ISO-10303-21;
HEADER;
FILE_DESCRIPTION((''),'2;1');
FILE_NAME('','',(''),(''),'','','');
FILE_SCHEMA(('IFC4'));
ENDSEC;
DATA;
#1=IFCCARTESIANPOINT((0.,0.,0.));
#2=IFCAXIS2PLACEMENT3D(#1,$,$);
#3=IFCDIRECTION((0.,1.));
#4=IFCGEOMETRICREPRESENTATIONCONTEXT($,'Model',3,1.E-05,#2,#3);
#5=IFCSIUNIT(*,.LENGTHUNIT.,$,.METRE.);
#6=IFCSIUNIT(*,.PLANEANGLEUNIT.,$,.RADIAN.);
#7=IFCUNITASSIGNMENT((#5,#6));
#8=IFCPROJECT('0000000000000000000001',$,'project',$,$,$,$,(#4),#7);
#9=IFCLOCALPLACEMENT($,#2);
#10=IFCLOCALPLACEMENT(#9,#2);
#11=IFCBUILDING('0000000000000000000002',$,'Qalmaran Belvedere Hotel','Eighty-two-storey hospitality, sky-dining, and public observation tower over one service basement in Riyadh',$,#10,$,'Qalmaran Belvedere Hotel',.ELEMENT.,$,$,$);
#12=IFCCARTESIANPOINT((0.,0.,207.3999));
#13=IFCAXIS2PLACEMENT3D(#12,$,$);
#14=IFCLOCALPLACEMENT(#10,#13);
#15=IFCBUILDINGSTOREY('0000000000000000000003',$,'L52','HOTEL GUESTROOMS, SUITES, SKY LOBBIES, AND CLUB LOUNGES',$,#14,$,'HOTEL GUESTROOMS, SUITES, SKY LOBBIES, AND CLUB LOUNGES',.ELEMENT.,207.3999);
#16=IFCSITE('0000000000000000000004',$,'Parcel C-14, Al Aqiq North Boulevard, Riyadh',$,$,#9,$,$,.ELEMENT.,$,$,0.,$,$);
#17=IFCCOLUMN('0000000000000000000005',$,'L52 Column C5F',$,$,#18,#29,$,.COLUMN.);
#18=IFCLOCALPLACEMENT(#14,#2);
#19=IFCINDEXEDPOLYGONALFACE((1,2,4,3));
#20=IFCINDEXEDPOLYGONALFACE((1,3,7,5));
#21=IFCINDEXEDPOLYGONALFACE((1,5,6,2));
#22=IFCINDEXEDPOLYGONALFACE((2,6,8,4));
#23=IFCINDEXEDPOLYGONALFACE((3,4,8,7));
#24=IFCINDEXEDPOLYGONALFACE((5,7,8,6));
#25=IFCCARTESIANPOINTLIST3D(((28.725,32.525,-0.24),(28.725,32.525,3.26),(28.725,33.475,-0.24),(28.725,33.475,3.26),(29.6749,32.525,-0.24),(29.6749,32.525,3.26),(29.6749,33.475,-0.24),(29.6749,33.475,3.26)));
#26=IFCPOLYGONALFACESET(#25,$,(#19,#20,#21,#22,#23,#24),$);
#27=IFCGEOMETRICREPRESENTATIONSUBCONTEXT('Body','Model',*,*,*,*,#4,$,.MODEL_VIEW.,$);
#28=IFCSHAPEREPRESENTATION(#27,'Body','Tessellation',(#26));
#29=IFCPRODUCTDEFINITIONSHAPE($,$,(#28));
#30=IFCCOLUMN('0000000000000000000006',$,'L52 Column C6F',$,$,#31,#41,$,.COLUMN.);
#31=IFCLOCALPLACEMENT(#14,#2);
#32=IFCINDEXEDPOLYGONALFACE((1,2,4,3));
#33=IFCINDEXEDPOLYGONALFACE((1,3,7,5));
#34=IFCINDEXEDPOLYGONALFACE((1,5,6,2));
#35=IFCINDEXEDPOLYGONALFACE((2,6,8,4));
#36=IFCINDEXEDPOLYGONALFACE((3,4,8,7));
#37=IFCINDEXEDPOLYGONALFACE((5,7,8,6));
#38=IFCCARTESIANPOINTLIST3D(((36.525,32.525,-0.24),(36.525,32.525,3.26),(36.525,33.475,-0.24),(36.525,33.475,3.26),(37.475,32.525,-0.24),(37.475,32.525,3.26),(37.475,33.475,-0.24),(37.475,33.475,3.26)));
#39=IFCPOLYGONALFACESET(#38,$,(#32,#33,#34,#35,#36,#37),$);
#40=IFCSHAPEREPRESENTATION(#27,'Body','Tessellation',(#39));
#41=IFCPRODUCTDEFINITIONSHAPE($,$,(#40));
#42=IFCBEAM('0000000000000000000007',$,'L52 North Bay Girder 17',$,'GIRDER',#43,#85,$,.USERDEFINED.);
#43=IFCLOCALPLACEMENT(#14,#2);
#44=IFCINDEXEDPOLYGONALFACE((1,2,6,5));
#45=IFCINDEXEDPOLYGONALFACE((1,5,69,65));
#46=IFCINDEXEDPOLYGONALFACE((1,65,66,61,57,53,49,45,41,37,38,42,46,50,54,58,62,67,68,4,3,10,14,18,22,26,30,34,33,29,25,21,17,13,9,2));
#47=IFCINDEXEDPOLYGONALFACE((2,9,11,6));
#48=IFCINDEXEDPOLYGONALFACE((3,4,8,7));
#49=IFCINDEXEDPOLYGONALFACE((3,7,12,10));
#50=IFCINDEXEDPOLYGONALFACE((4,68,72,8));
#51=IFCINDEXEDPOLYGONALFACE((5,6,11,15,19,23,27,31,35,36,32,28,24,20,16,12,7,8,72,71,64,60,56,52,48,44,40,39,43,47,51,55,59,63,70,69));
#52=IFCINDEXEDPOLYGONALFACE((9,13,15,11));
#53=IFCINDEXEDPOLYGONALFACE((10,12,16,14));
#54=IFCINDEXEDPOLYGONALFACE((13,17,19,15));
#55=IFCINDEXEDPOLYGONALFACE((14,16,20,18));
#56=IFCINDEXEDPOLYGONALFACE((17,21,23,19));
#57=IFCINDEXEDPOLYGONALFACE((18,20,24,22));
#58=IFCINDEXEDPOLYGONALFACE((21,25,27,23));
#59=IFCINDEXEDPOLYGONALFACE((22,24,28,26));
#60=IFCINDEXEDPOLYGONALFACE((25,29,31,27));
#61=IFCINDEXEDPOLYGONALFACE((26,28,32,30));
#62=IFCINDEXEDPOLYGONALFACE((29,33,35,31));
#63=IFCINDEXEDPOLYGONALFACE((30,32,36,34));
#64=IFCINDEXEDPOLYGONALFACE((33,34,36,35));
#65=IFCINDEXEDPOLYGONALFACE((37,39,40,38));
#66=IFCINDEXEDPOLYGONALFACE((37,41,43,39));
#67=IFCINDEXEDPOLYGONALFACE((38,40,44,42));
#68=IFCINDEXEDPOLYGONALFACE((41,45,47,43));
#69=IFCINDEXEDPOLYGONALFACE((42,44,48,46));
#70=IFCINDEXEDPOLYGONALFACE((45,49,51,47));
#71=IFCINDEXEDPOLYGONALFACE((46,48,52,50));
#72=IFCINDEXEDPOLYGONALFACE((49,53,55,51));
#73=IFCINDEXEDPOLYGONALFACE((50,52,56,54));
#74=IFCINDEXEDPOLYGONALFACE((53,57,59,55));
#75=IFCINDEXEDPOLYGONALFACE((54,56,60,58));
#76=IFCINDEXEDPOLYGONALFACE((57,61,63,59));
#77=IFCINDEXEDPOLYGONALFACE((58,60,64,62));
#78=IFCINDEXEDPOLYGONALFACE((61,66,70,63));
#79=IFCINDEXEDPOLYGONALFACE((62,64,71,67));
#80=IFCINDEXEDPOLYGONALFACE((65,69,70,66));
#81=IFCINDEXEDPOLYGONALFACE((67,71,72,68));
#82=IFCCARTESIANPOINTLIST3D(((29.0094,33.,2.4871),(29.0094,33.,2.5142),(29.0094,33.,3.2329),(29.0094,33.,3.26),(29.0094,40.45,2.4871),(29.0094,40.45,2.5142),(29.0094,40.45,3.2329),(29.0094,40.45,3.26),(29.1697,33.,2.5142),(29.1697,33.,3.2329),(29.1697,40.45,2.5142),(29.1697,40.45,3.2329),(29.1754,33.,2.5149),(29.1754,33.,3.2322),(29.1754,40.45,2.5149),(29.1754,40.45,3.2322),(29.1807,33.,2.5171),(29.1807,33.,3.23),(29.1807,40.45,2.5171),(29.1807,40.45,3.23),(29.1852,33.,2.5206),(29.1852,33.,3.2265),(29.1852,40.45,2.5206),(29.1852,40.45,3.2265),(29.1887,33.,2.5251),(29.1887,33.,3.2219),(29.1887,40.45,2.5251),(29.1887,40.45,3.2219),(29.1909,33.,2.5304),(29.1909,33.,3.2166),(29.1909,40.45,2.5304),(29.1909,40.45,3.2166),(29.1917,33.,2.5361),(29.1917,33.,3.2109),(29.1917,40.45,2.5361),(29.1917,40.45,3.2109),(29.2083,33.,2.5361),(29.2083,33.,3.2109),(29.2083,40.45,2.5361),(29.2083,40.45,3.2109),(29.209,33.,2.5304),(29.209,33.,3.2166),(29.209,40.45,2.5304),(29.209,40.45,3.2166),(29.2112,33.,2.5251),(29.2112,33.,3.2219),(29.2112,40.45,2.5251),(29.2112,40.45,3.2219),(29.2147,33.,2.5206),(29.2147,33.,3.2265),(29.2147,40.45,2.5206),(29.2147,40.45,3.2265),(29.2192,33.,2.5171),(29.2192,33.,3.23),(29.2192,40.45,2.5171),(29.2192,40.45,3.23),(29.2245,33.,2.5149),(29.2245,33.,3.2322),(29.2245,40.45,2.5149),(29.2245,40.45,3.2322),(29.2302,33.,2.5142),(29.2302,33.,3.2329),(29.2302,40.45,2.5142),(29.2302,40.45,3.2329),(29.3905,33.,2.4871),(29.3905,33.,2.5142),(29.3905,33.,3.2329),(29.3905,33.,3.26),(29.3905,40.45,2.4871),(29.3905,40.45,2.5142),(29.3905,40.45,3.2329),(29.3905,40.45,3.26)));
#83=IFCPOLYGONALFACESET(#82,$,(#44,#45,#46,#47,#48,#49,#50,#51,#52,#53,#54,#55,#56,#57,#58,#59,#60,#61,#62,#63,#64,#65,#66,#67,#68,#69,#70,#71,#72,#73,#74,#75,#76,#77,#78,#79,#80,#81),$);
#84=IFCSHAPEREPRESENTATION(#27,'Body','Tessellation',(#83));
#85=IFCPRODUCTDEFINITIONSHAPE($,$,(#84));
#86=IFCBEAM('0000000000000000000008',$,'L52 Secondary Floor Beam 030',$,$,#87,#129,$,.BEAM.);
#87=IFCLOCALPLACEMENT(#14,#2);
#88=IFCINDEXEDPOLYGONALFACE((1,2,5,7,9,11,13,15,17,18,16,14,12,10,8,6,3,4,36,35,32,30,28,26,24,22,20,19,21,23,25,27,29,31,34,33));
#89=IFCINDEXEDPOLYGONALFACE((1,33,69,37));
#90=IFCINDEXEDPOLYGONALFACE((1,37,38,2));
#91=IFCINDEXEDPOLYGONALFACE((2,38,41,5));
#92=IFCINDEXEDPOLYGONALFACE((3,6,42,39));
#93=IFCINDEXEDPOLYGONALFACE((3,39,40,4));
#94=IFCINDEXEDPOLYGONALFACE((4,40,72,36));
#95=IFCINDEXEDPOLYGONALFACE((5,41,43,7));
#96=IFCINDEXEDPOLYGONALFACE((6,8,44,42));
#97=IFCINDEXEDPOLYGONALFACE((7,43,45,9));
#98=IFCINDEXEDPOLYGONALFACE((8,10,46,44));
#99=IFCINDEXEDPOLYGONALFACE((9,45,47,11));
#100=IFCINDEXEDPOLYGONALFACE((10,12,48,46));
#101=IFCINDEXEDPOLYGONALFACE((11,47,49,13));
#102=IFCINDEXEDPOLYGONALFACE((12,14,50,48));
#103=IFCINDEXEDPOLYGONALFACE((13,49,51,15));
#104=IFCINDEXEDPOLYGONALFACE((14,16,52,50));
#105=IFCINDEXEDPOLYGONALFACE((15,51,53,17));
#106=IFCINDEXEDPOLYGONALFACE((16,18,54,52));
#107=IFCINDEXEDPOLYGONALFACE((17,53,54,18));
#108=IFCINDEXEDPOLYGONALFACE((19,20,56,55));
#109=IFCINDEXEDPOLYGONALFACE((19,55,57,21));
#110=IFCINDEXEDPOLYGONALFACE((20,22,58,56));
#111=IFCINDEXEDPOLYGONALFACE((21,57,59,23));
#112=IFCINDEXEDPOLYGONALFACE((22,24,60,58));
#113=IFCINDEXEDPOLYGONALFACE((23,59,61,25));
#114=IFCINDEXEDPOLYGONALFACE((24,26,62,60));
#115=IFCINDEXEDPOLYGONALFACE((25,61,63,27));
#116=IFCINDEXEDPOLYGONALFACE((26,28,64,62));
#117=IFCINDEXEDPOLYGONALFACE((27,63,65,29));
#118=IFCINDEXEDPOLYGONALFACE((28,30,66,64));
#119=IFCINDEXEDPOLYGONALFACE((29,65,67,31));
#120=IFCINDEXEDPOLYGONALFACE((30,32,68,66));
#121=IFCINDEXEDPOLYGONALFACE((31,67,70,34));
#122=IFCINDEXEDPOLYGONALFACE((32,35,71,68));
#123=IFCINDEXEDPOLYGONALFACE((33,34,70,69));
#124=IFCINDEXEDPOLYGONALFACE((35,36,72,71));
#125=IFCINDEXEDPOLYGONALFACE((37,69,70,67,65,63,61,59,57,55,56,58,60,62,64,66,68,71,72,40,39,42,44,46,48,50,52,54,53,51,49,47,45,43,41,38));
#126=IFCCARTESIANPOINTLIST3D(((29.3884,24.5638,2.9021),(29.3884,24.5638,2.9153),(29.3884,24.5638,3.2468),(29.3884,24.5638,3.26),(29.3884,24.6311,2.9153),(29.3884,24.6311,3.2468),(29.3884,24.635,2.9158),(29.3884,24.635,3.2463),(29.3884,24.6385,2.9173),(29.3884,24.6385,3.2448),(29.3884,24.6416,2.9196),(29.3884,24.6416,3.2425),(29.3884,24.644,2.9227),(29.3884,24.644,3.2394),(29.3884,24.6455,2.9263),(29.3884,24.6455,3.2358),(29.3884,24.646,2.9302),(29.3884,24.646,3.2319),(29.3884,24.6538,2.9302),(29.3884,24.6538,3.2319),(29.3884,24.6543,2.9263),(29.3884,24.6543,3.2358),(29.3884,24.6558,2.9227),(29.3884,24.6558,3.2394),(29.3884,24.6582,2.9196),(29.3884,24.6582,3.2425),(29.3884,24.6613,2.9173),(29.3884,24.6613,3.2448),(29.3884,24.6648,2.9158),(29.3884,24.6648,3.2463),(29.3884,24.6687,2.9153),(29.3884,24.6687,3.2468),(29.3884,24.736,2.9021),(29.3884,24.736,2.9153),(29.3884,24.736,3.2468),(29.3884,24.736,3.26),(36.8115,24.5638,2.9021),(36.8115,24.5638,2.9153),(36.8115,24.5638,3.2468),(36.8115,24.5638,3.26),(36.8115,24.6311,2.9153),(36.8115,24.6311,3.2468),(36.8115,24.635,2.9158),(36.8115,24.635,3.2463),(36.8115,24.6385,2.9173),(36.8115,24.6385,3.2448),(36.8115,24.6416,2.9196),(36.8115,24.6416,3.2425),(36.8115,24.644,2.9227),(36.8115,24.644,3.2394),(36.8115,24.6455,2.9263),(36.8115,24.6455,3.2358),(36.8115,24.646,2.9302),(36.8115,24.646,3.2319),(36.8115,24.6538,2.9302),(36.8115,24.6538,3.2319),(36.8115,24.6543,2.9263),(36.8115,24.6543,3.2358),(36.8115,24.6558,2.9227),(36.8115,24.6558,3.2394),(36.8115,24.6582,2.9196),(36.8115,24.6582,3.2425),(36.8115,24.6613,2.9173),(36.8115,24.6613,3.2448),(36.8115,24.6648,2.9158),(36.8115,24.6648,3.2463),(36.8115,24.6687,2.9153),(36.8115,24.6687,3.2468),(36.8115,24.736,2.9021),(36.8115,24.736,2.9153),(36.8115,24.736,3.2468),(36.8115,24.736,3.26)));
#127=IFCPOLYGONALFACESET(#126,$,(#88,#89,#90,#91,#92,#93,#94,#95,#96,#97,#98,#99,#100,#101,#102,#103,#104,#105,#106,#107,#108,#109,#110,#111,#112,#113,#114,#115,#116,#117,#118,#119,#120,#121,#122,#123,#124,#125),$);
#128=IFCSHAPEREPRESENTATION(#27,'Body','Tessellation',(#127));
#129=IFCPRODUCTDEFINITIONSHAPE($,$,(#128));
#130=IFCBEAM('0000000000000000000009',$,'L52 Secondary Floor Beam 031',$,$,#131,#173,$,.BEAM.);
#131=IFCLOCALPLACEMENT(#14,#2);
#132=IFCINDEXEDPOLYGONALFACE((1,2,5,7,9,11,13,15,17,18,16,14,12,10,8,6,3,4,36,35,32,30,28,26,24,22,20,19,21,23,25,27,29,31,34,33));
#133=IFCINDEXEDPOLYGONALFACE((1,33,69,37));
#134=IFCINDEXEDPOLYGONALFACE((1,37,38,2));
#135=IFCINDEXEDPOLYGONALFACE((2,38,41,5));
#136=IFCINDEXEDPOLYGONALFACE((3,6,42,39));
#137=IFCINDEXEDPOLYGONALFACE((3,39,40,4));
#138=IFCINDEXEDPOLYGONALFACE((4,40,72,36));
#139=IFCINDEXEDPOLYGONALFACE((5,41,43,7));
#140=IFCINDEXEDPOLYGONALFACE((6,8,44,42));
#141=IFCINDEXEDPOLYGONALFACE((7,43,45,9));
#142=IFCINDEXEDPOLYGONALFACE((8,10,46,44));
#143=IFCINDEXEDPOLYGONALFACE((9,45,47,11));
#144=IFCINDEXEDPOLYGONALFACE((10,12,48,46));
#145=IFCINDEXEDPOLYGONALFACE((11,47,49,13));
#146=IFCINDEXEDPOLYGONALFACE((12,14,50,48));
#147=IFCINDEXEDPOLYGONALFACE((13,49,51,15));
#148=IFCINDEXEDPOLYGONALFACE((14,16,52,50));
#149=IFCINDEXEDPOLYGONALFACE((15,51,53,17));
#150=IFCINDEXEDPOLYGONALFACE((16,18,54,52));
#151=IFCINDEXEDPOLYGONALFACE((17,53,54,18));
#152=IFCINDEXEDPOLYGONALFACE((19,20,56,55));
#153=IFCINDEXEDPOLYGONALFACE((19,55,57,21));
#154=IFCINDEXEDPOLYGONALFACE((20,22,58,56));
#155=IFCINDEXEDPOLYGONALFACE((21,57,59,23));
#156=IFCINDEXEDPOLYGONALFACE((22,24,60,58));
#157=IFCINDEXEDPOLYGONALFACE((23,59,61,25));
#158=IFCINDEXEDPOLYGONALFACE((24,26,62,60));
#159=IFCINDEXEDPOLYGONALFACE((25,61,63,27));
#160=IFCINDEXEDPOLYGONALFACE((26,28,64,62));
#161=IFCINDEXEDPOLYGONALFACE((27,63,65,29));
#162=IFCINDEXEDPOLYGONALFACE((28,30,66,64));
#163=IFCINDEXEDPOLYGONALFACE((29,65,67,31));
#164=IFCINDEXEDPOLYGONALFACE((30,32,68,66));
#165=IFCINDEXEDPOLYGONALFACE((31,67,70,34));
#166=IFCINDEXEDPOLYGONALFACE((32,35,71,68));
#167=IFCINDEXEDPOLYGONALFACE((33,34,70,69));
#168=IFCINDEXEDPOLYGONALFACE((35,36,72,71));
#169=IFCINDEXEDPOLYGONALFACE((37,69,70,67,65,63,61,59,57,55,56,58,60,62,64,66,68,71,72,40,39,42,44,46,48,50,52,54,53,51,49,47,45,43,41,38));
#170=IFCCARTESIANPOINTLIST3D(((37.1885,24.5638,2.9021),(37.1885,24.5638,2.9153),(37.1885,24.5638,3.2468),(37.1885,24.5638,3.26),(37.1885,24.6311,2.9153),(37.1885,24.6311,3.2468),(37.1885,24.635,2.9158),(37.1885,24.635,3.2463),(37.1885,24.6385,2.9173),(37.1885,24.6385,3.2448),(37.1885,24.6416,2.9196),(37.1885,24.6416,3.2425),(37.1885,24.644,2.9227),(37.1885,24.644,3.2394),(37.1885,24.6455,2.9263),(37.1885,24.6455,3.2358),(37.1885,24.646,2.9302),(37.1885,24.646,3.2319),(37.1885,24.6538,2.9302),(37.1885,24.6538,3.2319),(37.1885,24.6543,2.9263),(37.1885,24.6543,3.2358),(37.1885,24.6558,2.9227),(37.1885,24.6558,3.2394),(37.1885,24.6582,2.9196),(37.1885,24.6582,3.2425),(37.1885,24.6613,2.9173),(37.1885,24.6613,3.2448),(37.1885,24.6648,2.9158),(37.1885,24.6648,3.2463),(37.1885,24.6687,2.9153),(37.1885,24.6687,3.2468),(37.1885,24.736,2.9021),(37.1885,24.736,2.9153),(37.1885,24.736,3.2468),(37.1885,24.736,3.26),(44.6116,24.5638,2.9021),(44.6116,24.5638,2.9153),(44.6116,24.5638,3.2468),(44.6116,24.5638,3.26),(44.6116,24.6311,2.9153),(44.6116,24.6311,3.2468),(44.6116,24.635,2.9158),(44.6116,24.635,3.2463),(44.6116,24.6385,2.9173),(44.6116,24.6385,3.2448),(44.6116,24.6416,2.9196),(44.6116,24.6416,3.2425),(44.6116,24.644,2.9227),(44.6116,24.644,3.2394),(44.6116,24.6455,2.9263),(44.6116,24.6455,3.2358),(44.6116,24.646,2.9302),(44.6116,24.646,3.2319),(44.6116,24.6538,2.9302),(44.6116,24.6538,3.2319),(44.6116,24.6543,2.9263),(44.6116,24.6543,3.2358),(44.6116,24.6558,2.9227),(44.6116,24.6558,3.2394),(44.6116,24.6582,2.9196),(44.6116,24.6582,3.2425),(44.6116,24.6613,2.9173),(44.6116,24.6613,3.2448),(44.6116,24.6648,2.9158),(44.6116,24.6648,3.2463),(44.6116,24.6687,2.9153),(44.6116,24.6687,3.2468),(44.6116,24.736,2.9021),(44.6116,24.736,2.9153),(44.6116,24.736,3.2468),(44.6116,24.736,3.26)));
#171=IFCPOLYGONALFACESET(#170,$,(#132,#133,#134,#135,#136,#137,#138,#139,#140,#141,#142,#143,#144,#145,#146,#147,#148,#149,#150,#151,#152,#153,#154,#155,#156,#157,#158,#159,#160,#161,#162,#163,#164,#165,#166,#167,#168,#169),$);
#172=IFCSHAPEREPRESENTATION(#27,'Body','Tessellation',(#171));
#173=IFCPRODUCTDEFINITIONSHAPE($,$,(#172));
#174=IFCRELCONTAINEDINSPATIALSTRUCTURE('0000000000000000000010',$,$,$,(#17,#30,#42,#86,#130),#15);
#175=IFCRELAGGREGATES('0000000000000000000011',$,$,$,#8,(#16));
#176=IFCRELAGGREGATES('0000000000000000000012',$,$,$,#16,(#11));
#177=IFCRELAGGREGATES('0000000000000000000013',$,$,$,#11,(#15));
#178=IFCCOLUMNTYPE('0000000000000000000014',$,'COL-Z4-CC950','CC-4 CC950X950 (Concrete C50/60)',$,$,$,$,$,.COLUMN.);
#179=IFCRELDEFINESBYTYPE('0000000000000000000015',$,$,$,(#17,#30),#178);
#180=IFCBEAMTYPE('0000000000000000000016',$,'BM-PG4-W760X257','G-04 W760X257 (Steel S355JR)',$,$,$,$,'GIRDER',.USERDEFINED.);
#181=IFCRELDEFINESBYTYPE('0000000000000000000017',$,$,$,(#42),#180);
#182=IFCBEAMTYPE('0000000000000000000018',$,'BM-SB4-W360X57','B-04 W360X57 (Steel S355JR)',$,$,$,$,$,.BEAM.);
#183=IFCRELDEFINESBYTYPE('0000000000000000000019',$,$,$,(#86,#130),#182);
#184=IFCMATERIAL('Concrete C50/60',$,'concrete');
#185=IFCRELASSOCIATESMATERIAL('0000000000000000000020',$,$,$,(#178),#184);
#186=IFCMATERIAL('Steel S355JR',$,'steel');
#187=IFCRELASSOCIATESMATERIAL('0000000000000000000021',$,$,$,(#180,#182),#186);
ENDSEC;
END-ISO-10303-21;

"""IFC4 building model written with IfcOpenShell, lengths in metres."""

from ifc_helpers import new_model, si_unit, direction, frame, origin, origin_2d, place, context, subcontext, project, spatial, rectangle, i_section, extrude, material, material_profile, profile_set, type_object, element, save


model = new_model("IFC4")

# Units and contexts
model_context = context("Model", 3, precision=1e-05, world=origin(), true_north=direction((0.0, 1.0)))
body_context = subcontext(model_context, "Body", "Model", "MODEL_VIEW")
ifc_project = project(units=[si_unit("LENGTHUNIT", "METRE"), si_unit("PLANEANGLEUNIT", "RADIAN")], contexts=[model_context])

# Site, building, storey
site_placement = place(None, origin())
site = spatial("IfcSite", under=ifc_project, at=site_placement, Name="Parcel C-14, Al Aqiq North Boulevard, Riyadh", CompositionType="ELEMENT", RefElevation=0.0)
building_placement = place(site_placement, origin())
building = spatial("IfcBuilding", under=site, at=building_placement, Name="Qalmaran Belvedere Hotel", Description="Eighty-two-storey hospitality, sky-dining, and public observation tower over one service basement in Riyadh", LongName="Qalmaran Belvedere Hotel", CompositionType="ELEMENT")
storey_placement = place(building_placement, frame((0.0, 0.0, 207.3999)))
storey = spatial("IfcBuildingStorey", under=building, at=storey_placement, Name="L52", Description="HOTEL GUESTROOMS, SUITES, SKY LOBBIES, AND CLUB LOUNGES", LongName="HOTEL GUESTROOMS, SUITES, SKY LOBBIES, AND CLUB LOUNGES", CompositionType="ELEMENT", Elevation=207.3999)

# Columns
ifc_material_1 = material(Name="Concrete C50/60", Category="concrete")
ifc_material_profile_1 = material_profile(ifc_material_1, rectangle(XDim=0.95, YDim=0.95, at=origin_2d()), Name="CC950X950")
ifc_profile_set_1 = profile_set([ifc_material_profile_1], Name="Concrete C50/60")
column_type = type_object("IfcColumnType", Name="COL-Z4-CC950", Description="CC-4 CC950X950 (Concrete C50/60)", PredefinedType="COLUMN", material=ifc_profile_set_1)
for number, where, z_axis, x_axis, name in (
    (1, (29.2, 33.0, -0.24), (0.0, 0.0, 1.0), (1.0, 0.0, 0.0), "L52 Column C5F"),
    (2, (37.0, 33.0, -0.24), (0.0, 0.0, 1.0), (1.0, 0.0, 0.0), "L52 Column C6F"),
):
    element("IfcColumn", number, at=place(storey_placement, frame(where, z_axis=z_axis, x_axis=x_axis)), inside=storey, type_object=column_type, Name=name, PredefinedType="COLUMN", context=body_context, shape_type="SweptSolid", body=[
        extrude(rectangle(XDim=0.95, YDim=0.95, at=origin_2d()), origin(), (0.0, 0.0, 1.0), 3.5),
    ])

# Beams
ifc_material_2 = material(Name="Steel S355JR", Category="steel")
ifc_material_profile_2 = material_profile(ifc_material_2, i_section(OverallWidth=0.3811, OverallDepth=0.7729, WebThickness=0.0166, FlangeThickness=0.0271, FilletRadius=0.022, at=origin_2d()), Name="W760X257")
ifc_profile_set_2 = profile_set([ifc_material_profile_2], Name="Steel S355JR")
beam_type_1 = type_object("IfcBeamType", Name="BM-PG4-W760X257", Description="G-04 W760X257 (Steel S355JR)", ElementType="GIRDER", PredefinedType="USERDEFINED", material=ifc_profile_set_2)
beam_1_placement = place(storey_placement, frame((29.2, 33.0, 2.8735), z_axis=(0.0, 1.0, 0.0), x_axis=(-1.0, 0.0, 0.0)))
element("IfcBeam", 3, at=beam_1_placement, inside=storey, type_object=beam_type_1, Name="L52 North Bay Girder 17", ObjectType="GIRDER", PredefinedType="USERDEFINED", context=body_context, shape_type="SweptSolid", body=[
    extrude(i_section(OverallWidth=0.3811, OverallDepth=0.7729, WebThickness=0.0166, FlangeThickness=0.0271, FilletRadius=0.022, at=origin_2d()), origin(), (0.0, 0.0, 1.0), 7.45),
])
ifc_material_profile_3 = material_profile(ifc_material_2, i_section(OverallWidth=0.1721, OverallDepth=0.3579, WebThickness=0.0078, FlangeThickness=0.0132, FilletRadius=0.0149, at=origin_2d()), Name="W360X57")
ifc_profile_set_3 = profile_set([ifc_material_profile_3], Name="Steel S355JR")
beam_type_2 = type_object("IfcBeamType", Name="BM-SB4-W360X57", Description="B-04 W360X57 (Steel S355JR)", PredefinedType="BEAM", material=ifc_profile_set_3)
for number, where, z_axis, x_axis, name in (
    (4, (29.3884, 24.6499, 3.0811), (1.0, 0.0, 0.0), (0.0, 1.0, 0.0), "L52 Secondary Floor Beam 030"),
    (5, (37.1885, 24.6499, 3.0811), (1.0, 0.0, 0.0), (0.0, 1.0, 0.0), "L52 Secondary Floor Beam 031"),
):
    element("IfcBeam", number, at=place(storey_placement, frame(where, z_axis=z_axis, x_axis=x_axis)), inside=storey, type_object=beam_type_2, Name=name, PredefinedType="BEAM", context=body_context, shape_type="SweptSolid", body=[
        extrude(i_section(OverallWidth=0.1721, OverallDepth=0.3579, WebThickness=0.0078, FlangeThickness=0.0132, FilletRadius=0.0149, at=origin_2d()), origin(), (0.0, 0.0, 1.0), 7.4231),
    ])

save(model, "model.ifc")
